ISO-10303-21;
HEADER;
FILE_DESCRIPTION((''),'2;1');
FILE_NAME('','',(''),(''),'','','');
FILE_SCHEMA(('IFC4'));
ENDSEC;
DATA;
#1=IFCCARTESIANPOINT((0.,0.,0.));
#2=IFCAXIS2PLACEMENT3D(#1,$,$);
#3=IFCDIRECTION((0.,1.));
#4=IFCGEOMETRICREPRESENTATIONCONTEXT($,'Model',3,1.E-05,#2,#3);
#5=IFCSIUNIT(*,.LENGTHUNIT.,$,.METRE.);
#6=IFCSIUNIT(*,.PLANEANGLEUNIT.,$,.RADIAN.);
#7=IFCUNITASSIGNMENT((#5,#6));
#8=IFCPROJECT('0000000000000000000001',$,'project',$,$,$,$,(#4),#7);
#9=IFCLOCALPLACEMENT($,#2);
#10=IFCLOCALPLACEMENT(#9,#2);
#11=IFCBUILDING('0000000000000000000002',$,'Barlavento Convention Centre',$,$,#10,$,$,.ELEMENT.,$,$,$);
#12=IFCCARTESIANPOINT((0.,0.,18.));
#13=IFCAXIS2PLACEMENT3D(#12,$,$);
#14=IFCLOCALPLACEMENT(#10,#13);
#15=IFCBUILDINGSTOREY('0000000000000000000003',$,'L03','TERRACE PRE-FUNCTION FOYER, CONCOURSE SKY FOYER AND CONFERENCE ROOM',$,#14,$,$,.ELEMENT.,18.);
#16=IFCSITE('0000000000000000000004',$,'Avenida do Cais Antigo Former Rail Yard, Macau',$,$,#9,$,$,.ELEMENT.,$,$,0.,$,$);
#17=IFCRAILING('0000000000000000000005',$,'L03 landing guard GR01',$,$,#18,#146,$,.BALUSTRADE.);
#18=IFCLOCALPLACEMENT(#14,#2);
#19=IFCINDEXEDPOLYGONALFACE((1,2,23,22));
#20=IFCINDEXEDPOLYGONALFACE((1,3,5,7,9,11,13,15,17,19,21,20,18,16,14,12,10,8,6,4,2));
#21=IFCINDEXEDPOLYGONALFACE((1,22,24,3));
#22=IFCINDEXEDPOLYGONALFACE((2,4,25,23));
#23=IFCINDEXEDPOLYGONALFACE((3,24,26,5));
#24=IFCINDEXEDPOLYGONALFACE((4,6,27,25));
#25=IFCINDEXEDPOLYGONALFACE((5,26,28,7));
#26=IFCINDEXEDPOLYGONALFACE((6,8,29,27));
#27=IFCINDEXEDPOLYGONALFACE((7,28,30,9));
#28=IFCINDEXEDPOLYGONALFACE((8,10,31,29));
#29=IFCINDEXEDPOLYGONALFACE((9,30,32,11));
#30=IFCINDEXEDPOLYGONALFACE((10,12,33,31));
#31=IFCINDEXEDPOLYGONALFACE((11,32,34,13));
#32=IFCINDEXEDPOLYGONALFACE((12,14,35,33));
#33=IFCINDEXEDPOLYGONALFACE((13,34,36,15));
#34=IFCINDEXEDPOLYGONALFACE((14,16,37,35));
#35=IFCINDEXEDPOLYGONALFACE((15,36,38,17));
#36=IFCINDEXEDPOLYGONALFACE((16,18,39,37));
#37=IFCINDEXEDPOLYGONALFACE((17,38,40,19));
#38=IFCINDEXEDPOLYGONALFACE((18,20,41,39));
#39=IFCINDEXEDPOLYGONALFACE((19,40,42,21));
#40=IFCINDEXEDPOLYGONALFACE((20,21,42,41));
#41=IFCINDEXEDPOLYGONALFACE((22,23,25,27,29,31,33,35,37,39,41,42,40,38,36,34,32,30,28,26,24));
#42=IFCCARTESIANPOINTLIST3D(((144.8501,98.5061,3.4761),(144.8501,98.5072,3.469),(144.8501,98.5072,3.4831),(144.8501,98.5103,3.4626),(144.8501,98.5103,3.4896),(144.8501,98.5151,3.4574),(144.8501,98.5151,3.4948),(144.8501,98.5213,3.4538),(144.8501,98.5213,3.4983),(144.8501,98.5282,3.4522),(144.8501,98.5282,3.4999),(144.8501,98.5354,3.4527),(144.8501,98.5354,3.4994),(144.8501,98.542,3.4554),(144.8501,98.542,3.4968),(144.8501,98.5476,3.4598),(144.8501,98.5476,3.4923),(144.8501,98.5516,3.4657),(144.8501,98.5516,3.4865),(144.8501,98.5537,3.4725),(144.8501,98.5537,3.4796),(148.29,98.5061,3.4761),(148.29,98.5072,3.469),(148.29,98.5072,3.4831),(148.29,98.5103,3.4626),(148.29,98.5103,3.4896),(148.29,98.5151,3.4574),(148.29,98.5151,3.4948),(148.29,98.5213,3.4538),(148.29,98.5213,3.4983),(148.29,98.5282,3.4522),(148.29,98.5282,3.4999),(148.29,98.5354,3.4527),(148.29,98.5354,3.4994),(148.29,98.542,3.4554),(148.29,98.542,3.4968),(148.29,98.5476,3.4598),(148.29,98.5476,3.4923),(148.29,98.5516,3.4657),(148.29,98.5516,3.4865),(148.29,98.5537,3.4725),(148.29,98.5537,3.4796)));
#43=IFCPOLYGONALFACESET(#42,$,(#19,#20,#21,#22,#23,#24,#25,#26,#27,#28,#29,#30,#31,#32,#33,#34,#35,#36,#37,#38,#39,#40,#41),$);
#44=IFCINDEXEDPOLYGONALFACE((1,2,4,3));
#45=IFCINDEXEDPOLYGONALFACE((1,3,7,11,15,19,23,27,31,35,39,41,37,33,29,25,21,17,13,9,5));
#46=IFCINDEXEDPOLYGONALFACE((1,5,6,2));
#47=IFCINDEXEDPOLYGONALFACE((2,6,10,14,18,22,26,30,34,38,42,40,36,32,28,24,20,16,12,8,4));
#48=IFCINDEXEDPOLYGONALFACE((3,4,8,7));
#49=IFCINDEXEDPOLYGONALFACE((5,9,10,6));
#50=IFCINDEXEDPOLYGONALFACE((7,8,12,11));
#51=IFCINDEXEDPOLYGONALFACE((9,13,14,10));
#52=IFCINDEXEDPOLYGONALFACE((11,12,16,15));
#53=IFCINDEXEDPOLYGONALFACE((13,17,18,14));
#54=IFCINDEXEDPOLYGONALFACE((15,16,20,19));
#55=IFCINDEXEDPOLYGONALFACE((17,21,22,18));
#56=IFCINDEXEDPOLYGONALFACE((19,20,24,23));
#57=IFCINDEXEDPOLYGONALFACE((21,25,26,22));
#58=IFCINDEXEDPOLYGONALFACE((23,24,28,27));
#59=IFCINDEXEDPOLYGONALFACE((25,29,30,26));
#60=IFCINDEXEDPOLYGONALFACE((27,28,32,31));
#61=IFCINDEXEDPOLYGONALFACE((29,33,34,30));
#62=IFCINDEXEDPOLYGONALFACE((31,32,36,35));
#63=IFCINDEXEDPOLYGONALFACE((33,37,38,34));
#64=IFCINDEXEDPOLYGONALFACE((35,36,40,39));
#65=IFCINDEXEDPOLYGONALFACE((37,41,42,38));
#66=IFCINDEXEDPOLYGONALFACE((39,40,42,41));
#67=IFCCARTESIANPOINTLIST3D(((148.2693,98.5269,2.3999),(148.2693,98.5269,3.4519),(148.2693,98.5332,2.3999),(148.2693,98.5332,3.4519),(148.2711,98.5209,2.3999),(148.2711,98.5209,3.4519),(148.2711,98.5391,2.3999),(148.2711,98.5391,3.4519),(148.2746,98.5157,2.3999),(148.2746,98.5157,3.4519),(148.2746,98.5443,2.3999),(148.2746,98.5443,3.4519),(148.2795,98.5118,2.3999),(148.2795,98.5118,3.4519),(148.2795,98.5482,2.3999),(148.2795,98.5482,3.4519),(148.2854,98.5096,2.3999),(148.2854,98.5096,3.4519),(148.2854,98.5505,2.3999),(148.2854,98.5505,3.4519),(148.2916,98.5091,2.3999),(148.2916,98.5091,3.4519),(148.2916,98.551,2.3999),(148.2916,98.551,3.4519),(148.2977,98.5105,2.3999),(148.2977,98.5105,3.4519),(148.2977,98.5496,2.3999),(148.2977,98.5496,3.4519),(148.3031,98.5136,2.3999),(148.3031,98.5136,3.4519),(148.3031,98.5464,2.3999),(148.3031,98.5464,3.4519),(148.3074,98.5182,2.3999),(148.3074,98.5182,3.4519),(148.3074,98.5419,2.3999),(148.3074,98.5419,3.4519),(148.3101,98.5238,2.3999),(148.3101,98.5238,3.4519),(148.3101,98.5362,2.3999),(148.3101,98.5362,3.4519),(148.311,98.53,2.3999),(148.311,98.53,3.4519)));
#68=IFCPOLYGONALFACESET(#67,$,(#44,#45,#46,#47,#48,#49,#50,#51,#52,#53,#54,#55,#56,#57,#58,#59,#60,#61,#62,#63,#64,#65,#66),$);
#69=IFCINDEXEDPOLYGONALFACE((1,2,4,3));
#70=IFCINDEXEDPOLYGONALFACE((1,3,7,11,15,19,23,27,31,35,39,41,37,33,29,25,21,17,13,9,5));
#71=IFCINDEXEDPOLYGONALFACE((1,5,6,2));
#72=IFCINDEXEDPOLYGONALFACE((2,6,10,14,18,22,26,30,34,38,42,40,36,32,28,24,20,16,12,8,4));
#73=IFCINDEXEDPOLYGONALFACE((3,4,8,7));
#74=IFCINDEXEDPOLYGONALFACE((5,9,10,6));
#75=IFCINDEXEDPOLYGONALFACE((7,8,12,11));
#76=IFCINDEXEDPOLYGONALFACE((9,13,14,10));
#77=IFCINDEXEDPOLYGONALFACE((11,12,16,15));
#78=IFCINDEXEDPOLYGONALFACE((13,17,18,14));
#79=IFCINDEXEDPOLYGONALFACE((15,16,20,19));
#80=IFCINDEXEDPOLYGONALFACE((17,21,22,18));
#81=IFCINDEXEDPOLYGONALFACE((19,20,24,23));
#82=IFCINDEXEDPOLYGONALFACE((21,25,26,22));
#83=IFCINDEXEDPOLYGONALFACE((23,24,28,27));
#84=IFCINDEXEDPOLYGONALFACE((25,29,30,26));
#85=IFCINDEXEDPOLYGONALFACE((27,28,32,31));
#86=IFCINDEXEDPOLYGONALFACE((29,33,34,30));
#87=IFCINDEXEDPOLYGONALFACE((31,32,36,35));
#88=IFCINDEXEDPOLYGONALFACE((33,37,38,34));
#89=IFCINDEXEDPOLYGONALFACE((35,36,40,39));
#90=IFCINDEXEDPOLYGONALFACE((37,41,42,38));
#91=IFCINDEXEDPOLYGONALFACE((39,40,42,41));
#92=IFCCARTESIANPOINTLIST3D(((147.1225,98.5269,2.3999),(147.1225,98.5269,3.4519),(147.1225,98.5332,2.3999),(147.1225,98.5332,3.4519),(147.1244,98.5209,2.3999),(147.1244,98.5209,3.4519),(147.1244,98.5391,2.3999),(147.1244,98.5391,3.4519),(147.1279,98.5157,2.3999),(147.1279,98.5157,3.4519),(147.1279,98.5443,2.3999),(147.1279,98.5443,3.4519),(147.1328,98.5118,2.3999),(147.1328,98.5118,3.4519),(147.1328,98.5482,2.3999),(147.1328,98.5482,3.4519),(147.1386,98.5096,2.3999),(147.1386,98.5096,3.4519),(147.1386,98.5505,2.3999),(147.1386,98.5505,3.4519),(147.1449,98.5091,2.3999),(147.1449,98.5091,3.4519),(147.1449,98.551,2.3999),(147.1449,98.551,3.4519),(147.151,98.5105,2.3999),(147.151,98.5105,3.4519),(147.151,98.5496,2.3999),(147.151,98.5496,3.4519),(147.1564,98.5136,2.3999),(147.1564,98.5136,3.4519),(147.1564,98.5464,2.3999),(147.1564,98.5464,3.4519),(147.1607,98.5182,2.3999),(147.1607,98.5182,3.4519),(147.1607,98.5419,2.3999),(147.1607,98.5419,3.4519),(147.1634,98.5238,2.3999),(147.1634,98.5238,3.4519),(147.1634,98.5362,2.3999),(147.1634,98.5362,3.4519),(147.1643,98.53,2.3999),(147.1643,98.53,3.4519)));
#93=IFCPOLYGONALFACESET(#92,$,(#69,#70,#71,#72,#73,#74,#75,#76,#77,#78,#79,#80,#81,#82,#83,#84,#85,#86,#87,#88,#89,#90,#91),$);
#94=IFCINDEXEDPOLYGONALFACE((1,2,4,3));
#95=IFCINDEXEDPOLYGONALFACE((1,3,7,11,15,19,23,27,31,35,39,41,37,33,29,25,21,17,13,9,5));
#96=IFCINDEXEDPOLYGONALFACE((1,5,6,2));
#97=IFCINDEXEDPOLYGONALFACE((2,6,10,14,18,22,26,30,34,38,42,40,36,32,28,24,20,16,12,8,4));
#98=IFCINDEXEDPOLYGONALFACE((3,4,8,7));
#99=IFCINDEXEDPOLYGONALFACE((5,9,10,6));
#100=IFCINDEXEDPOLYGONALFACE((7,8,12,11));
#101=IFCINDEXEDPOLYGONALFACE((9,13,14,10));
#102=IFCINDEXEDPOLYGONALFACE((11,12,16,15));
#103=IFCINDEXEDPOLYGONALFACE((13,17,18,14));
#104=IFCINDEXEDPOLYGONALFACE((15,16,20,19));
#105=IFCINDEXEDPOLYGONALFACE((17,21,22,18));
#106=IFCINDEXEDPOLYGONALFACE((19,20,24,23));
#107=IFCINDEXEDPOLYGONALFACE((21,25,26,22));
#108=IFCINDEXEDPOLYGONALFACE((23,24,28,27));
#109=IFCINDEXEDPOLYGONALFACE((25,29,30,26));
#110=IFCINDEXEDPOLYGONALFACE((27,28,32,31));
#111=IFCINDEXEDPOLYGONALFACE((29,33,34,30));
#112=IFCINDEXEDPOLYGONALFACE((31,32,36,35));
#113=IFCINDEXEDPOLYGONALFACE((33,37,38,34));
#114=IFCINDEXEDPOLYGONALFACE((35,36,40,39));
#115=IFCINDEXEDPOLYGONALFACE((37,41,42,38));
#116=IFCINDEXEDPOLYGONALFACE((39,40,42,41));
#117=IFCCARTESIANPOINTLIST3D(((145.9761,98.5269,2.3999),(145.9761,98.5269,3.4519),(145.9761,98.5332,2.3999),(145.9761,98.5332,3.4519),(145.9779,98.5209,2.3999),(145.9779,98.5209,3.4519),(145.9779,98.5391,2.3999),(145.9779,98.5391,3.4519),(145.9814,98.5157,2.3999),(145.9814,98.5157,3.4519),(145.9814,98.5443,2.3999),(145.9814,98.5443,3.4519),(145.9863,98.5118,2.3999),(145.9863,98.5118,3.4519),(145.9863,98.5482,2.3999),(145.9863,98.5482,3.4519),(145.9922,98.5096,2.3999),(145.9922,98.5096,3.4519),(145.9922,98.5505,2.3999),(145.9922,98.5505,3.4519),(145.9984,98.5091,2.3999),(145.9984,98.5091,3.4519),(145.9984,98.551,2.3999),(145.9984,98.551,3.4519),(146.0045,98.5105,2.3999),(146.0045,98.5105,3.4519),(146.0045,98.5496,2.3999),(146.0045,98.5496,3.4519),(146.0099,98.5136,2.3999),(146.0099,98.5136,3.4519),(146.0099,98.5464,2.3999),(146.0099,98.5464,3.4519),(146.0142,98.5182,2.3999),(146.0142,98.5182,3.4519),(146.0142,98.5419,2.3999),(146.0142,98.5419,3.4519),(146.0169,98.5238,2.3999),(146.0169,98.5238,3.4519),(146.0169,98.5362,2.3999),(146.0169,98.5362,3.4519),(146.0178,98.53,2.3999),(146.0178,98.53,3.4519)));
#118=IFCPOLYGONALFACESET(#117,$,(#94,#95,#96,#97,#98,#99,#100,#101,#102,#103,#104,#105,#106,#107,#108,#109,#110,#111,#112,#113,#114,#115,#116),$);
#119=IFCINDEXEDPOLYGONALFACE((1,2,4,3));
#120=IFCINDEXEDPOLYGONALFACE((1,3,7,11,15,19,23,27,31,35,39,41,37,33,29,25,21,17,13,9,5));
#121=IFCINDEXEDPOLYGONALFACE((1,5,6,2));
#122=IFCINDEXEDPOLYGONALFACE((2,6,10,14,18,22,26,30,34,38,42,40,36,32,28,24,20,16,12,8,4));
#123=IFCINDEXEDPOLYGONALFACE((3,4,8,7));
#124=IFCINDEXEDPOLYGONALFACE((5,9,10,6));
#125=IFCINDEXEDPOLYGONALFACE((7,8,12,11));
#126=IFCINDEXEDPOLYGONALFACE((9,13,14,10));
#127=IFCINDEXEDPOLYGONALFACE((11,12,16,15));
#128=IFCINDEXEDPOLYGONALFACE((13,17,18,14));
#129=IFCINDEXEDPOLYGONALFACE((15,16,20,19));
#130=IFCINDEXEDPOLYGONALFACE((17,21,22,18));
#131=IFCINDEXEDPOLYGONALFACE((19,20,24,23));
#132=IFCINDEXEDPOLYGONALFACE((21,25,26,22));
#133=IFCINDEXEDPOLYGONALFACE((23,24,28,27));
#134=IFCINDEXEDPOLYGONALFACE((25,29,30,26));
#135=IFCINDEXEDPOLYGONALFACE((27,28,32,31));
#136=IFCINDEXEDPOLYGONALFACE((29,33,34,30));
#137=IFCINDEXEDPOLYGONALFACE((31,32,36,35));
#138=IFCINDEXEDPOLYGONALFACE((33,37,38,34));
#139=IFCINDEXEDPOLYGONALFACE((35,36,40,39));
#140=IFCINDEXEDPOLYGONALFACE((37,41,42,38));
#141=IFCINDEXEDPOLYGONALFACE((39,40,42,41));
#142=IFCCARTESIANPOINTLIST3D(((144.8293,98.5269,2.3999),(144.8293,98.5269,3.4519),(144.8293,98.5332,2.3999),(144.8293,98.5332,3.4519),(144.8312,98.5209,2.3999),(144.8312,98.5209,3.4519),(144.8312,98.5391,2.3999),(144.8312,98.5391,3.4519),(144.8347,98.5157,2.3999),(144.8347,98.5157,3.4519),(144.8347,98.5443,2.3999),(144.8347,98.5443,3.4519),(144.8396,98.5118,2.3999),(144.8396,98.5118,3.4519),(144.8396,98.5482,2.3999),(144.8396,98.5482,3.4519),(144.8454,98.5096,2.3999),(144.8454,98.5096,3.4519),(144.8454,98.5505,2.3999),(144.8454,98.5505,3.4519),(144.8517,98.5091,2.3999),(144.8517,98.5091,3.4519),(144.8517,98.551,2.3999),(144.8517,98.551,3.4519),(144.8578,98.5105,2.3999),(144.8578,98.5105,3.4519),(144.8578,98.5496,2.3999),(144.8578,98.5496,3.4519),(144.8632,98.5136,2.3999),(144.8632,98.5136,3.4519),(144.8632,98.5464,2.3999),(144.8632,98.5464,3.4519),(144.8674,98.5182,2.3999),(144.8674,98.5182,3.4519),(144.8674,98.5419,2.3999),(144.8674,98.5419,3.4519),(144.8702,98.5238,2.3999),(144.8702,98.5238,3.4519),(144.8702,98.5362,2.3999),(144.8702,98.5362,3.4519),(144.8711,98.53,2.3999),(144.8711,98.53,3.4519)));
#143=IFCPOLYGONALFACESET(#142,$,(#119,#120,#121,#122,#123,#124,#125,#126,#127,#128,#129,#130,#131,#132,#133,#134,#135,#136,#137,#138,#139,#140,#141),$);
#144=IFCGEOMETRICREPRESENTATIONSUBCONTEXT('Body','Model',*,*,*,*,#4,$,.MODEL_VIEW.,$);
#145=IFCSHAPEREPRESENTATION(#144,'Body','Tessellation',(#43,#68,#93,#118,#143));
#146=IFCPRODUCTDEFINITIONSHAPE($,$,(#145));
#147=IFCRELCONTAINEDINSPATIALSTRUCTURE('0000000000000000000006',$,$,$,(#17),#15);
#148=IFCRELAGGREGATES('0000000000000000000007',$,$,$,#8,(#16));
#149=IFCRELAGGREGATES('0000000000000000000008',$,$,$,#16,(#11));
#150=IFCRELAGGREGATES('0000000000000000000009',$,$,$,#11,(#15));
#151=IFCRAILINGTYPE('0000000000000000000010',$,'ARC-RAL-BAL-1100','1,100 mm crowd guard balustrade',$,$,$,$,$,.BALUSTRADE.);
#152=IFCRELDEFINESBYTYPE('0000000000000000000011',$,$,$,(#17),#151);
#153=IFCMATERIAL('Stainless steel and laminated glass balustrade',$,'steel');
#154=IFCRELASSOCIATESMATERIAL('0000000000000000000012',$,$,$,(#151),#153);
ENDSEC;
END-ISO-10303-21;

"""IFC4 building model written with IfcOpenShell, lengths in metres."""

from ifc_helpers import new_model, si_unit, direction, frame, origin, origin_2d, place, context, subcontext, project, spatial, circle, extrude, material, type_object, element, save


model = new_model("IFC4")

# Units and contexts
model_context = context("Model", 3, precision=1e-05, world=origin(), true_north=direction((0.0, 1.0)))
body_context = subcontext(model_context, "Body", "Model", "MODEL_VIEW")
ifc_project = project(units=[si_unit("LENGTHUNIT", "METRE"), si_unit("PLANEANGLEUNIT", "RADIAN")], contexts=[model_context])

# Site, building, storey
site_placement = place(None, origin())
site = spatial("IfcSite", under=ifc_project, at=site_placement, Name="Avenida do Cais Antigo Former Rail Yard, Macau", CompositionType="ELEMENT", RefElevation=0.0)
building_placement = place(site_placement, origin())
building = spatial("IfcBuilding", under=site, at=building_placement, Name="Barlavento Convention Centre", CompositionType="ELEMENT")
storey_placement = place(building_placement, frame((0.0, 0.0, 18.0)))
storey = spatial("IfcBuildingStorey", under=building, at=storey_placement, Name="L03", Description="TERRACE PRE-FUNCTION FOYER, CONCOURSE SKY FOYER AND CONFERENCE ROOM", CompositionType="ELEMENT", Elevation=18.0)

# Railing
ifc_material_1 = material(Name="Stainless steel and laminated glass balustrade", Category="steel")
railing_type_1 = type_object("IfcRailingType", Name="ARC-RAL-BAL-1100", Description="1,100 mm crowd guard balustrade", PredefinedType="BALUSTRADE", material=ifc_material_1)
railing_1_placement = place(storey_placement, frame((148.29, 98.53, 2.3999)))
element("IfcRailing", 1, at=railing_1_placement, inside=storey, type_object=railing_type_1, Name="L03 landing guard GR01", PredefinedType="BALUSTRADE", context=body_context, shape_type="SweptSolid", body=[
    extrude(circle(Radius=0.0239, at=origin_2d()), frame((0.0, 0.0, 1.0762), z_axis=(-1.0, 0.0, 0.0), x_axis=(0.0, -1.0, 0.0)), (0.0, 0.0, 1.0), 3.4399),
    extrude(circle(Radius=0.021, at=origin_2d()), origin(), (0.0, 0.0, 1.0), 1.052),
    extrude(circle(Radius=0.021, at=origin_2d()), frame((-1.1467, 0.0, 0.0)), (0.0, 0.0, 1.0), 1.052),
    extrude(circle(Radius=0.021, at=origin_2d()), frame((-2.2932, 0.0, 0.0)), (0.0, 0.0, 1.0), 1.052),
    extrude(circle(Radius=0.021, at=origin_2d()), frame((-3.4399, 0.0, 0.0)), (0.0, 0.0, 1.0), 1.052),
])

save(model, "model.ifc")
